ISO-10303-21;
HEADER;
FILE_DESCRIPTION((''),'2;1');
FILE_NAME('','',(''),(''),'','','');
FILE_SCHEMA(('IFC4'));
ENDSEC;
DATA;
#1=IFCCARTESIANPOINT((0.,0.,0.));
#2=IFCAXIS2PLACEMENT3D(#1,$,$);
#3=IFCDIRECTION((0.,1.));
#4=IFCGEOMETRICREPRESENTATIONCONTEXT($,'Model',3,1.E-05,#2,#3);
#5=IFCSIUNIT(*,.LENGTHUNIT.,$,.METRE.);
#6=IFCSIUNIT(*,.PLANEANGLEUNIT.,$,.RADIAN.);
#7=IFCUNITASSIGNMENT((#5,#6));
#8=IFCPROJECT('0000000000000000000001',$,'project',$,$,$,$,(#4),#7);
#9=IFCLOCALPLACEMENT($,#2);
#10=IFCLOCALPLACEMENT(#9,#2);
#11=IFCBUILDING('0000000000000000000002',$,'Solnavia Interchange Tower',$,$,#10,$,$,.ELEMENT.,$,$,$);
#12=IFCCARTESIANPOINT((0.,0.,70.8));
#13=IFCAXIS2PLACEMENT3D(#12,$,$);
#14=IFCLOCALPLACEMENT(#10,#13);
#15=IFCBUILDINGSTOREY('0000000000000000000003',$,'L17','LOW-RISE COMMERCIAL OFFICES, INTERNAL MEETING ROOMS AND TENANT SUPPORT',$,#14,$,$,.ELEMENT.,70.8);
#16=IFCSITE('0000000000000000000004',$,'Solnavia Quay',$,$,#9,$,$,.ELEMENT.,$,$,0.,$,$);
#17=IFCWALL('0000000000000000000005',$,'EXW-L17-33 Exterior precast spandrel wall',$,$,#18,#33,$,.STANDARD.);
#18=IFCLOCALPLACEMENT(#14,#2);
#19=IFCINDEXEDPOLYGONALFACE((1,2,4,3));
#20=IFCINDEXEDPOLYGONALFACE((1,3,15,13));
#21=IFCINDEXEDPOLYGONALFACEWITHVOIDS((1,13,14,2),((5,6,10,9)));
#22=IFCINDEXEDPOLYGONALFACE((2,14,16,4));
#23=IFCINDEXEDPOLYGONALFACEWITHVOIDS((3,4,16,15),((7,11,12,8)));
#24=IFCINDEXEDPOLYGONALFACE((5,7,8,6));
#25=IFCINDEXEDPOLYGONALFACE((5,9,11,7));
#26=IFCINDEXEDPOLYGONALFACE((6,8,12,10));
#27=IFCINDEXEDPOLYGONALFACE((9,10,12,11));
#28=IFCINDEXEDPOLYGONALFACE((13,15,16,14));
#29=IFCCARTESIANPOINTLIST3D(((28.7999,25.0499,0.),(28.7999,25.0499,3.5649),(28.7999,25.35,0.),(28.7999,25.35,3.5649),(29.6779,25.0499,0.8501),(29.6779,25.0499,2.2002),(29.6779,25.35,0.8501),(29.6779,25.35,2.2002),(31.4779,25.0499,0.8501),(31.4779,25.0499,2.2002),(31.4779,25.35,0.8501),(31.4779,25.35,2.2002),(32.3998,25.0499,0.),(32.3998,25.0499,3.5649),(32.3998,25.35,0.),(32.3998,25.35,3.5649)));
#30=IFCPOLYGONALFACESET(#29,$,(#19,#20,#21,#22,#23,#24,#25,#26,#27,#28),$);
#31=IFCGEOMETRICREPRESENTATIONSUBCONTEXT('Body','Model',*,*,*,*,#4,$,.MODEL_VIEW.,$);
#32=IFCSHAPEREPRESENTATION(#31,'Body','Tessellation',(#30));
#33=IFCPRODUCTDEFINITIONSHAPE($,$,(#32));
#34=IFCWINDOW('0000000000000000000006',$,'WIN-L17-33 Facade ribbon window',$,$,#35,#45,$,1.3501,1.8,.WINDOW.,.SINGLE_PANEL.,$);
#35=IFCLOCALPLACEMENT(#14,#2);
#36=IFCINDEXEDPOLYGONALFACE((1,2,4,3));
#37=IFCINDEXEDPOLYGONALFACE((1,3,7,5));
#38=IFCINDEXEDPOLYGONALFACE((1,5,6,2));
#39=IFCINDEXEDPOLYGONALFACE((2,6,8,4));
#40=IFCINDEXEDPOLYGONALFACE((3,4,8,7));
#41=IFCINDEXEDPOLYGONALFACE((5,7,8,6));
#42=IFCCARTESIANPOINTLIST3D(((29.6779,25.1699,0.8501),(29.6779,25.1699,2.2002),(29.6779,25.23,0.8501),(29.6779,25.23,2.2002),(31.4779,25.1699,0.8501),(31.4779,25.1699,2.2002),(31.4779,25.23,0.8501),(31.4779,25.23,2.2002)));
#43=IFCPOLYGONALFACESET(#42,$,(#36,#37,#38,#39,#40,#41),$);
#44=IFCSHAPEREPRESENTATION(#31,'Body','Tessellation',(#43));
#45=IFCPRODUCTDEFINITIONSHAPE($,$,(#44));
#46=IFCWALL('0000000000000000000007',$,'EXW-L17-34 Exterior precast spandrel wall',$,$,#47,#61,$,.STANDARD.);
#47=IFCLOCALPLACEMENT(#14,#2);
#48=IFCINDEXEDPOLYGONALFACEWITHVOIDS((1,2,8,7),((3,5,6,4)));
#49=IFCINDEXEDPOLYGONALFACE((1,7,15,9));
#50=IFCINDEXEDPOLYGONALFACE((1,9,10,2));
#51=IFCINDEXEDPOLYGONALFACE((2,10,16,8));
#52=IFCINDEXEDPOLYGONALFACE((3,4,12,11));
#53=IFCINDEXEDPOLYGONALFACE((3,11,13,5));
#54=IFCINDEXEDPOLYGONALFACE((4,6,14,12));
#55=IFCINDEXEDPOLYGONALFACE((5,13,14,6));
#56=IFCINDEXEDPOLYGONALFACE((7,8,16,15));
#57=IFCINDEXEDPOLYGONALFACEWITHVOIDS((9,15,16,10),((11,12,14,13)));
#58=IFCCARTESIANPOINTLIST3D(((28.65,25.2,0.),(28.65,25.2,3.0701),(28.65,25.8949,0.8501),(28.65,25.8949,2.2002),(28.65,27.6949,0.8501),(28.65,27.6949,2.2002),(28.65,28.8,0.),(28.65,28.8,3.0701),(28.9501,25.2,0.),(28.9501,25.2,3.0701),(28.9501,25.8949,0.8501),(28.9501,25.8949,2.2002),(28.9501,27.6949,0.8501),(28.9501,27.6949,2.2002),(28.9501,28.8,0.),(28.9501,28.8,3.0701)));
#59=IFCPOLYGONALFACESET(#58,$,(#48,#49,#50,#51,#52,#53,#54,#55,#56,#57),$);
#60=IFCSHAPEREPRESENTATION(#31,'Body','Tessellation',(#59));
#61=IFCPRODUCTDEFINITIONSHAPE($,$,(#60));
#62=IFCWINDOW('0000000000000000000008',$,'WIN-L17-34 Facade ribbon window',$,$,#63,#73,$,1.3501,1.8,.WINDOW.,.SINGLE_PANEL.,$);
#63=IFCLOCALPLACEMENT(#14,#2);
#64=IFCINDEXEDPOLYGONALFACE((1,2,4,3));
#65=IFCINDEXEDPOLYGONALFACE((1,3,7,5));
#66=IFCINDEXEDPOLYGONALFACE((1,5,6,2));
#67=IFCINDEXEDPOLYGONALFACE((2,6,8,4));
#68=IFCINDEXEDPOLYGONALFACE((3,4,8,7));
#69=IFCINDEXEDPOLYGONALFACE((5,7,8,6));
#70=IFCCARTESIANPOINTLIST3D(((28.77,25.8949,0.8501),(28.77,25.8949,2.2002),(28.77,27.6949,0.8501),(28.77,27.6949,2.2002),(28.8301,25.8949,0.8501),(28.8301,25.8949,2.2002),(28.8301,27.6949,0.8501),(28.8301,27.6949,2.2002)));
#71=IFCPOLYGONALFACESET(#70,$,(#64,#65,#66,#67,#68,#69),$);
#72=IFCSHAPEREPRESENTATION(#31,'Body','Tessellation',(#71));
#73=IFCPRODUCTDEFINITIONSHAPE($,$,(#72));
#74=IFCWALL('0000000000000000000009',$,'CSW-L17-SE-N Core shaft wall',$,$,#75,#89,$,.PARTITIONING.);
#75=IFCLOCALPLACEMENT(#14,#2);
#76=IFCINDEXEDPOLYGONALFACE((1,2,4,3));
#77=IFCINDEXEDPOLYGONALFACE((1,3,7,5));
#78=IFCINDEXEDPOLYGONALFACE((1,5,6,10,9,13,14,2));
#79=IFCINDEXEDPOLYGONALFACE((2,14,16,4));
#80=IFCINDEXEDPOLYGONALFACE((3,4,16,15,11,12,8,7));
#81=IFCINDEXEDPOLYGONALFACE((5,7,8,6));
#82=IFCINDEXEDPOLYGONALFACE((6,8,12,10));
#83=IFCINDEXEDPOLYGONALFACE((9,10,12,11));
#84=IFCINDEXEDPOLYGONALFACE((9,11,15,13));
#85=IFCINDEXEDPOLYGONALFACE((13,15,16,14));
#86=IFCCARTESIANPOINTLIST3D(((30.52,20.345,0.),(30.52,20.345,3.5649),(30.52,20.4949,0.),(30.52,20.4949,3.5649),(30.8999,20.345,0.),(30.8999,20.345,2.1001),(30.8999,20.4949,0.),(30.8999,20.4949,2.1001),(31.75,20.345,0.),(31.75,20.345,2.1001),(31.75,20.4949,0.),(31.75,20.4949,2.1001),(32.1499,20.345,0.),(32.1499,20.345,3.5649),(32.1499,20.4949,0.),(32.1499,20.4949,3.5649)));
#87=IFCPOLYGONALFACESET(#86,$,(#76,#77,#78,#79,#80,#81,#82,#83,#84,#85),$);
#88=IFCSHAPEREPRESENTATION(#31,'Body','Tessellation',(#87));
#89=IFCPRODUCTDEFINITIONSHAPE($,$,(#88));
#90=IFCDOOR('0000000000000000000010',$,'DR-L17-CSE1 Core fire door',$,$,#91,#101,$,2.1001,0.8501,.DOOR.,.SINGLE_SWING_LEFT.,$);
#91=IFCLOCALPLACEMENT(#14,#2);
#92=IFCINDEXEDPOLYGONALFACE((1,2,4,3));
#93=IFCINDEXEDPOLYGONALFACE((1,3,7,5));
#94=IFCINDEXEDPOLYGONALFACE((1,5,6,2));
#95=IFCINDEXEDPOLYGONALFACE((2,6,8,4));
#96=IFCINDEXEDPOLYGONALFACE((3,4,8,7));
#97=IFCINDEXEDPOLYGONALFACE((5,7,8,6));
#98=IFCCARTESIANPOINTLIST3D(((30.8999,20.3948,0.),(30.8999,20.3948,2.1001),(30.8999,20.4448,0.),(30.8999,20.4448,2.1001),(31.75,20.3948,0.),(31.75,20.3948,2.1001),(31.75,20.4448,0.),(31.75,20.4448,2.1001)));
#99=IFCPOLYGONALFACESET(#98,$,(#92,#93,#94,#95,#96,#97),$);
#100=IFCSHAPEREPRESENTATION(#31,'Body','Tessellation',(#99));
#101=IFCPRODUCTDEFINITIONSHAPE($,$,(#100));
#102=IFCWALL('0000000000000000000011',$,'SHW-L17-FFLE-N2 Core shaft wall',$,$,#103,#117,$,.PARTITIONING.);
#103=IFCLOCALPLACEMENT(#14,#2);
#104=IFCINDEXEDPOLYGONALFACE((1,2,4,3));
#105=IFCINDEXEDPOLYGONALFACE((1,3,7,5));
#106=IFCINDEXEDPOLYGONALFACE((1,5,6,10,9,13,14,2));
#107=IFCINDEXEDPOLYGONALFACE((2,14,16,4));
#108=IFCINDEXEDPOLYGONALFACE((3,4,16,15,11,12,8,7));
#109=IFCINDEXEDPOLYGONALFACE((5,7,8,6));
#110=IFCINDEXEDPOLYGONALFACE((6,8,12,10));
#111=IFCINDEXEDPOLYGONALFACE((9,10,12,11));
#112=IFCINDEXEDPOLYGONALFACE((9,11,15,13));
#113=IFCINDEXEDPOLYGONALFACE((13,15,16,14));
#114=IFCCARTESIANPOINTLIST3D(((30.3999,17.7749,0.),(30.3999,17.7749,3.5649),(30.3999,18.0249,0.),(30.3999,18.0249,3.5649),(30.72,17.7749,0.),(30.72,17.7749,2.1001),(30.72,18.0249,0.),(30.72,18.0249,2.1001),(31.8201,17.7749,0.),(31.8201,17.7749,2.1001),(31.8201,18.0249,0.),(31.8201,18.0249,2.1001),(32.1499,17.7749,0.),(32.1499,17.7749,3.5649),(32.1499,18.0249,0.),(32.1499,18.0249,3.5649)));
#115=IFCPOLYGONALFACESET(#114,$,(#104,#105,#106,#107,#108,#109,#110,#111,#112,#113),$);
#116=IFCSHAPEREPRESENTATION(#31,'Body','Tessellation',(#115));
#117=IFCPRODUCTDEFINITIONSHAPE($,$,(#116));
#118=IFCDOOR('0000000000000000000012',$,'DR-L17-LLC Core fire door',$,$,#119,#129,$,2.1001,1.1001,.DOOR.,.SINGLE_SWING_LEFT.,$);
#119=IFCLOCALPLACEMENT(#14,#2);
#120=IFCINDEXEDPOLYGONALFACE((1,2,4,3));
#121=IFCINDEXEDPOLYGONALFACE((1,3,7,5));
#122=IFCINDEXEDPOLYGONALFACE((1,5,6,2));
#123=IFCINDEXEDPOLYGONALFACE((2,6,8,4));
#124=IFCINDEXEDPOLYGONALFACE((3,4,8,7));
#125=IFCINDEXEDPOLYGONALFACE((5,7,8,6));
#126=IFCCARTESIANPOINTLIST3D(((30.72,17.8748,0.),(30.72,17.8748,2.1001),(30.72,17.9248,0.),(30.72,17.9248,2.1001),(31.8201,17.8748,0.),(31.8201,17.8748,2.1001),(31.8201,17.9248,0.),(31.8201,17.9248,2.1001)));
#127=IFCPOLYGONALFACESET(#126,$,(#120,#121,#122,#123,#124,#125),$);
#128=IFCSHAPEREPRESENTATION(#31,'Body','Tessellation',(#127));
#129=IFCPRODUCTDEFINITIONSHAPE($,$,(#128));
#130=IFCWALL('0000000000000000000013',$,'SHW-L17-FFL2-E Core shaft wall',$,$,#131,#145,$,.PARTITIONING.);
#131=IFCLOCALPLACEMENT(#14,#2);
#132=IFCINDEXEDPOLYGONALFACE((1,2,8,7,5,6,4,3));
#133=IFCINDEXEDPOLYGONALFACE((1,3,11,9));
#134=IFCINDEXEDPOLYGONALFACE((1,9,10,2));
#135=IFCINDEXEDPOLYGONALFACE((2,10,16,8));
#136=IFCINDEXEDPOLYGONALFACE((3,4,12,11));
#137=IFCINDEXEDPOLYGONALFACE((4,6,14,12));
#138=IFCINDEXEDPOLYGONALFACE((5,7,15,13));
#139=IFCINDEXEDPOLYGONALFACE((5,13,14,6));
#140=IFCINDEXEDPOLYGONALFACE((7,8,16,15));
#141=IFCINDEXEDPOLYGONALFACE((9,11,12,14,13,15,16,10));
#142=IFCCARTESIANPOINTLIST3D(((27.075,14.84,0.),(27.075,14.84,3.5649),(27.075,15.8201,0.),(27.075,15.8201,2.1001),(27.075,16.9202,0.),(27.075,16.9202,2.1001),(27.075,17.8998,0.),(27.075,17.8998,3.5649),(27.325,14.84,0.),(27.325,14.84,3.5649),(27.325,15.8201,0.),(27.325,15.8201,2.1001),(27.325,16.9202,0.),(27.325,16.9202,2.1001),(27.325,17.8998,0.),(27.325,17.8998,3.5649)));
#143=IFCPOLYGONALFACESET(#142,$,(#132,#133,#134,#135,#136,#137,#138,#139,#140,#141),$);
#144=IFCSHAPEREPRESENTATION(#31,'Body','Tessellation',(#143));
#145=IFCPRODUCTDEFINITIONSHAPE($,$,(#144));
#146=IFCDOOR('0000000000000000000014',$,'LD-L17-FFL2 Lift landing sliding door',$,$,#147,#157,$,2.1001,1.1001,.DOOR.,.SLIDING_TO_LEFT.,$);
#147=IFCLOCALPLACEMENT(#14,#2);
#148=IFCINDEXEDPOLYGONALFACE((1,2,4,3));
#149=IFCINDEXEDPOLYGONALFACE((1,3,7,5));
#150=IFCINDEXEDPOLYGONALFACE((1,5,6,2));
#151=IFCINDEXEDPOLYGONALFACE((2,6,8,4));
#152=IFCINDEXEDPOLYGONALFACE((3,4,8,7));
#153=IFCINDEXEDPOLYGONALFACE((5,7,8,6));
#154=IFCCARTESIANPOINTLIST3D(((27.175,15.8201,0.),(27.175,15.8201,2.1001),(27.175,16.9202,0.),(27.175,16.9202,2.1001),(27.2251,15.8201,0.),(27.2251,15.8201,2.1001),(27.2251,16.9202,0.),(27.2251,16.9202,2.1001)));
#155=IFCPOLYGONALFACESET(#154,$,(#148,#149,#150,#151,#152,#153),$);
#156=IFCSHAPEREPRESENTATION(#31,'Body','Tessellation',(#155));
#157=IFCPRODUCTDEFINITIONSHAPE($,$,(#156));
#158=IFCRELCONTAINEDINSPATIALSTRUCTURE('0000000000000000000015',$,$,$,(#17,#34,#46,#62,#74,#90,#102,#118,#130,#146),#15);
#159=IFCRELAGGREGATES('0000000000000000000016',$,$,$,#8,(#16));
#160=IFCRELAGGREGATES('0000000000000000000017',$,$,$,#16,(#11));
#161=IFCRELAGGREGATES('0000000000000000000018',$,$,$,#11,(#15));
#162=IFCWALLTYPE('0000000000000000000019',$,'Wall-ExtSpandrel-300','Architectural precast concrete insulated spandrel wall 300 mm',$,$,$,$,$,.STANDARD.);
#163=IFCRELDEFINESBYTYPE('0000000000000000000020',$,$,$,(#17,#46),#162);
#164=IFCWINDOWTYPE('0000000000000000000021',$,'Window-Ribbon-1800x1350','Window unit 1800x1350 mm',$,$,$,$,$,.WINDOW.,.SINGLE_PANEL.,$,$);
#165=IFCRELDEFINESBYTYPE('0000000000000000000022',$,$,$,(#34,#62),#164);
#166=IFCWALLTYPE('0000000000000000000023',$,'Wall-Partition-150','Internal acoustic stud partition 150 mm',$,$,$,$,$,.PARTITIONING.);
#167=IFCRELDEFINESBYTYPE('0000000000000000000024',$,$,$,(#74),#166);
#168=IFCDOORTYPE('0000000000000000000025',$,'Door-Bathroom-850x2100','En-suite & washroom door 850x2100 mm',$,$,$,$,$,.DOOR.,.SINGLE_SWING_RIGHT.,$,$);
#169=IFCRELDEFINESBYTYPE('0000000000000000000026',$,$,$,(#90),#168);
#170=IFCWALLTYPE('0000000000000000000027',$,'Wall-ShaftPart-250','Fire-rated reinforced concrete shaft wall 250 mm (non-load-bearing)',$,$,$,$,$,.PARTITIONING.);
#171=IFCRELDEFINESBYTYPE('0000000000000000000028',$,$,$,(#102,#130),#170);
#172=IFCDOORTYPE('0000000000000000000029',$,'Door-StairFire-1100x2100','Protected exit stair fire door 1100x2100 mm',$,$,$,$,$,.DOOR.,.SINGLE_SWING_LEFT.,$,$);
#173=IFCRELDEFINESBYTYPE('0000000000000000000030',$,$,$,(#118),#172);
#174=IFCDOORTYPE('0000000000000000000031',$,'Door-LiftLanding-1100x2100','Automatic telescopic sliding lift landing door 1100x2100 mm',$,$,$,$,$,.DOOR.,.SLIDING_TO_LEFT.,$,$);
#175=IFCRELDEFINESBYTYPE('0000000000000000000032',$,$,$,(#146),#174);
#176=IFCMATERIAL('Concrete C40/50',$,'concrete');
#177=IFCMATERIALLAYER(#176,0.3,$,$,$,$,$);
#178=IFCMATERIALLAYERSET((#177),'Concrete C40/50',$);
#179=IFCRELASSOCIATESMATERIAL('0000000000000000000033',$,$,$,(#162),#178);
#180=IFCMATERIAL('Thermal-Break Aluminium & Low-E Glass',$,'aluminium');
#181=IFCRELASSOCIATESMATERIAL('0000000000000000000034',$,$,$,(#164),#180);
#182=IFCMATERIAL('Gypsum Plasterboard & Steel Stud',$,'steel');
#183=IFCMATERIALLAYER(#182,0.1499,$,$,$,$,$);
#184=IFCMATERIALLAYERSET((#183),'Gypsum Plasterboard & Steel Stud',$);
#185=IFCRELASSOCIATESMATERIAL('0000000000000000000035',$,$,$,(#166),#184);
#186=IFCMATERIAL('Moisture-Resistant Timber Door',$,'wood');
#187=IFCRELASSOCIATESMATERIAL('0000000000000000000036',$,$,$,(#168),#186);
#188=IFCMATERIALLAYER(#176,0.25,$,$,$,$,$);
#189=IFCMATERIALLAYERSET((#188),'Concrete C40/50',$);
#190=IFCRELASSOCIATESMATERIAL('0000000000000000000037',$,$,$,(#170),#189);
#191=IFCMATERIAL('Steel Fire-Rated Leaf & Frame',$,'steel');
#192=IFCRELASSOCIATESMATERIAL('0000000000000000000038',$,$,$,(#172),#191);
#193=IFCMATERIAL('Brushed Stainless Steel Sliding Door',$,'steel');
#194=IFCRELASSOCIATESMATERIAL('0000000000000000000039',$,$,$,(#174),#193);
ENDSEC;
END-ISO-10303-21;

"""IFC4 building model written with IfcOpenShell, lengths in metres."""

from ifc_helpers import new_model, si_unit, direction, frame, frame_2d, origin, place, context, subcontext, project, spatial, rectangle, extrude, material, layer, layer_set, type_object, element, fill, save


model = new_model("IFC4")

# Units and contexts
model_context = context("Model", 3, precision=1e-05, world=origin(), true_north=direction((0.0, 1.0)))
body_context = subcontext(model_context, "Body", "Model", "MODEL_VIEW")
ifc_project = project(units=[si_unit("LENGTHUNIT", "METRE"), si_unit("PLANEANGLEUNIT", "RADIAN")], contexts=[model_context])

# Site, building, storey
site_placement = place(None, origin())
site = spatial("IfcSite", under=ifc_project, at=site_placement, Name="Solnavia Quay", CompositionType="ELEMENT", RefElevation=0.0)
building_placement = place(site_placement, origin())
building = spatial("IfcBuilding", under=site, at=building_placement, Name="Solnavia Interchange Tower", CompositionType="ELEMENT")
storey_placement = place(building_placement, frame((0.0, 0.0, 70.8)))
storey = spatial("IfcBuildingStorey", under=building, at=storey_placement, Name="L17", Description="LOW-RISE COMMERCIAL OFFICES, INTERNAL MEETING ROOMS AND TENANT SUPPORT", CompositionType="ELEMENT", Elevation=70.8)

# Shared definitions
ifc_material_1 = material(Name="Concrete C40/50", Category="concrete")
ifc_layer_1 = layer(ifc_material_1, 0.3)
ifc_layer_set_1 = layer_set([ifc_layer_1], Name="Concrete C40/50")
wall_type_1 = type_object("IfcWallType", Name="Wall-ExtSpandrel-300", Description="Architectural precast concrete insulated spandrel wall 300 mm", PredefinedType="STANDARD", material=ifc_layer_set_1)
ifc_material_2 = material(Name="Thermal-Break Aluminium & Low-E Glass", Category="aluminium")
window_type = type_object("IfcWindowType", Name="Window-Ribbon-1800x1350", Description="Window unit 1800x1350 mm", PartitioningType="SINGLE_PANEL", PredefinedType="WINDOW", material=ifc_material_2)

# Walls, openings, windows
wall_1_placement = place(storey_placement, frame((28.8, 25.2, 0.0), z_axis=(0.0, 0.0, 1.0), x_axis=(1.0, 0.0, 0.0)))
wall_1 = element("IfcWall", 1, at=wall_1_placement, inside=storey, type_object=wall_type_1, Name="EXW-L17-33 Exterior precast spandrel wall", PredefinedType="STANDARD", context=body_context, shape_type="SweptSolid", body=[
    extrude(rectangle(XDim=3.5999, YDim=0.3, at=frame_2d((1.7998, 0.0))), origin(), (0.0, 0.0, 1.0), 3.5649),
])
opening_1_placement = place(wall_1_placement, frame((0.8779, 0.0, 0.8501)))
opening_1 = element("IfcOpeningElement", 2, at=opening_1_placement, cuts=wall_1, PredefinedType="OPENING", context=body_context, shape_type="SweptSolid", body=[
    extrude(rectangle(XDim=1.8, YDim=1.3501, at=frame_2d((0.8999, 0.675))), frame((0.0, 0.1602, 0.0), z_axis=(0.0, -1.0, 0.0), x_axis=(1.0, 0.0, 0.0)), (0.0, 0.0, 1.0), 0.3201),
])
window_1_placement = place(opening_1_placement, origin())
window_1 = element("IfcWindow", 3, at=window_1_placement, inside=storey, type_object=window_type, Name="WIN-L17-33 Facade ribbon window", OverallHeight=1.3501, OverallWidth=1.8, PartitioningType="SINGLE_PANEL", PredefinedType="WINDOW", context=body_context, shape_type="SweptSolid", body=[
    extrude(rectangle(XDim=1.8, YDim=1.3501, at=frame_2d((0.8999, 0.675))), frame((0.0, 0.03, 0.0), z_axis=(0.0, -1.0, 0.0), x_axis=(1.0, 0.0, 0.0)), (0.0, 0.0, 1.0), 0.0601),
])
fill(opening_1, window_1)
wall_2_placement = place(storey_placement, frame((28.8, 25.2, 0.0), z_axis=(0.0, 0.0, 1.0), x_axis=(0.0, 1.0, 0.0)))
wall_2 = element("IfcWall", 4, at=wall_2_placement, inside=storey, type_object=wall_type_1, Name="EXW-L17-34 Exterior precast spandrel wall", PredefinedType="STANDARD", context=body_context, shape_type="SweptSolid", body=[
    extrude(rectangle(XDim=3.6001, YDim=0.3, at=frame_2d((1.8, 0.0))), origin(), (0.0, 0.0, 1.0), 3.0701),
])
opening_2_placement = place(wall_2_placement, frame((0.6951, 0.0, 0.8501)))
opening_2 = element("IfcOpeningElement", 5, at=opening_2_placement, cuts=wall_2, PredefinedType="OPENING", context=body_context, shape_type="SweptSolid", body=[
    extrude(rectangle(XDim=1.8, YDim=1.3501, at=frame_2d((0.8999, 0.675))), frame((0.0, 0.1602, 0.0), z_axis=(0.0, -1.0, 0.0), x_axis=(1.0, 0.0, 0.0)), (0.0, 0.0, 1.0), 0.3201),
])
window_2_placement = place(opening_2_placement, origin())
window_2 = element("IfcWindow", 6, at=window_2_placement, inside=storey, type_object=window_type, Name="WIN-L17-34 Facade ribbon window", OverallHeight=1.3501, OverallWidth=1.8, PartitioningType="SINGLE_PANEL", PredefinedType="WINDOW", context=body_context, shape_type="SweptSolid", body=[
    extrude(rectangle(XDim=1.8, YDim=1.3501, at=frame_2d((0.8999, 0.675))), frame((0.0, 0.03, 0.0), z_axis=(0.0, -1.0, 0.0), x_axis=(1.0, 0.0, 0.0)), (0.0, 0.0, 1.0), 0.0601),
])
fill(opening_2, window_2)

# Walls, openings, doors
ifc_material_3 = material(Name="Gypsum Plasterboard & Steel Stud", Category="steel")
ifc_layer_2 = layer(ifc_material_3, 0.1499)
ifc_layer_set_2 = layer_set([ifc_layer_2], Name="Gypsum Plasterboard & Steel Stud")
wall_type_2 = type_object("IfcWallType", Name="Wall-Partition-150", Description="Internal acoustic stud partition 150 mm", PredefinedType="PARTITIONING", material=ifc_layer_set_2)
wall_3_placement = place(storey_placement, frame((30.52, 20.4199, 0.0), z_axis=(0.0, 0.0, 1.0), x_axis=(1.0, 0.0, 0.0)))
wall_3 = element("IfcWall", 7, at=wall_3_placement, inside=storey, type_object=wall_type_2, Name="CSW-L17-SE-N Core shaft wall", PredefinedType="PARTITIONING", context=body_context, shape_type="SweptSolid", body=[
    extrude(rectangle(XDim=1.6299, YDim=0.1499, at=frame_2d((0.8149, 0.0))), origin(), (0.0, 0.0, 1.0), 3.5649),
])
opening_3_placement = place(wall_3_placement, frame((0.3799, 0.0, 0.0)))
opening_3 = element("IfcOpeningElement", 8, at=opening_3_placement, cuts=wall_3, PredefinedType="OPENING", context=body_context, shape_type="SweptSolid", body=[
    extrude(rectangle(XDim=0.8501, YDim=2.1001, at=frame_2d((0.425, 1.05))), frame((0.0, 0.085, 0.0), z_axis=(0.0, -1.0, 0.0), x_axis=(1.0, 0.0, 0.0)), (0.0, 0.0, 1.0), 0.1699),
])
ifc_material_4 = material(Name="Moisture-Resistant Timber Door", Category="wood")
door_type_1 = type_object("IfcDoorType", Name="Door-Bathroom-850x2100", Description="En-suite & washroom door 850x2100 mm", OperationType="SINGLE_SWING_RIGHT", PredefinedType="DOOR", material=ifc_material_4)
door_1_placement = place(opening_3_placement, origin())
door_1 = element("IfcDoor", 9, at=door_1_placement, inside=storey, type_object=door_type_1, Name="DR-L17-CSE1 Core fire door", OperationType="SINGLE_SWING_LEFT", OverallHeight=2.1001, OverallWidth=0.8501, PredefinedType="DOOR", context=body_context, shape_type="SweptSolid", body=[
    extrude(rectangle(XDim=0.8501, YDim=2.1001, at=frame_2d((0.425, 1.05))), frame((0.0, 0.0249, 0.0), z_axis=(0.0, -1.0, 0.0), x_axis=(1.0, 0.0, 0.0)), (0.0, 0.0, 1.0), 0.05),
])
fill(opening_3, door_1)
ifc_layer_3 = layer(ifc_material_1, 0.25)
ifc_layer_set_3 = layer_set([ifc_layer_3], Name="Concrete C40/50")
wall_type_3 = type_object("IfcWallType", Name="Wall-ShaftPart-250", Description="Fire-rated reinforced concrete shaft wall 250 mm (non-load-bearing)", PredefinedType="PARTITIONING", material=ifc_layer_set_3)
wall_4_placement = place(storey_placement, frame((30.3999, 17.8999, 0.0), z_axis=(0.0, 0.0, 1.0), x_axis=(1.0, 0.0, 0.0)))
wall_4 = element("IfcWall", 10, at=wall_4_placement, inside=storey, type_object=wall_type_3, Name="SHW-L17-FFLE-N2 Core shaft wall", PredefinedType="PARTITIONING", context=body_context, shape_type="SweptSolid", body=[
    extrude(rectangle(XDim=1.75, YDim=0.25, at=frame_2d((0.875, 0.0))), origin(), (0.0, 0.0, 1.0), 3.5649),
])
opening_4_placement = place(wall_4_placement, frame((0.3201, 0.0, 0.0)))
opening_4 = element("IfcOpeningElement", 11, at=opening_4_placement, cuts=wall_4, PredefinedType="OPENING", context=body_context, shape_type="SweptSolid", body=[
    extrude(rectangle(XDim=1.1001, YDim=2.1001, at=frame_2d((0.55, 1.05))), frame((0.0, 0.135, 0.0), z_axis=(0.0, -1.0, 0.0), x_axis=(1.0, 0.0, 0.0)), (0.0, 0.0, 1.0), 0.27),
])
ifc_material_5 = material(Name="Steel Fire-Rated Leaf & Frame", Category="steel")
door_type_2 = type_object("IfcDoorType", Name="Door-StairFire-1100x2100", Description="Protected exit stair fire door 1100x2100 mm", OperationType="SINGLE_SWING_LEFT", PredefinedType="DOOR", material=ifc_material_5)
door_2_placement = place(opening_4_placement, origin())
door_2 = element("IfcDoor", 12, at=door_2_placement, inside=storey, type_object=door_type_2, Name="DR-L17-LLC Core fire door", OperationType="SINGLE_SWING_LEFT", OverallHeight=2.1001, OverallWidth=1.1001, PredefinedType="DOOR", context=body_context, shape_type="SweptSolid", body=[
    extrude(rectangle(XDim=1.1001, YDim=2.1001, at=frame_2d((0.55, 1.05))), frame((0.0, 0.0249, 0.0), z_axis=(0.0, -1.0, 0.0), x_axis=(1.0, 0.0, 0.0)), (0.0, 0.0, 1.0), 0.05),
])
fill(opening_4, door_2)
wall_5_placement = place(storey_placement, frame((27.2, 14.8401, 0.0), z_axis=(0.0, 0.0, 1.0), x_axis=(0.0, 1.0, 0.0)))
wall_5 = element("IfcWall", 13, at=wall_5_placement, inside=storey, type_object=wall_type_3, Name="SHW-L17-FFL2-E Core shaft wall", PredefinedType="PARTITIONING", context=body_context, shape_type="SweptSolid", body=[
    extrude(rectangle(XDim=3.0598, YDim=0.25, at=frame_2d((1.5298, 0.0))), origin(), (0.0, 0.0, 1.0), 3.5649),
])
opening_5_placement = place(wall_5_placement, frame((0.98, 0.0, 0.0)))
opening_5 = element("IfcOpeningElement", 14, at=opening_5_placement, cuts=wall_5, PredefinedType="OPENING", context=body_context, shape_type="SweptSolid", body=[
    extrude(rectangle(XDim=1.1001, YDim=2.1001, at=frame_2d((0.55, 1.05))), frame((0.0, 0.135, 0.0), z_axis=(0.0, -1.0, 0.0), x_axis=(1.0, 0.0, 0.0)), (0.0, 0.0, 1.0), 0.27),
])
ifc_material_6 = material(Name="Brushed Stainless Steel Sliding Door", Category="steel")
door_type_3 = type_object("IfcDoorType", Name="Door-LiftLanding-1100x2100", Description="Automatic telescopic sliding lift landing door 1100x2100 mm", OperationType="SLIDING_TO_LEFT", PredefinedType="DOOR", material=ifc_material_6)
door_3_placement = place(opening_5_placement, origin())
door_3 = element("IfcDoor", 15, at=door_3_placement, inside=storey, type_object=door_type_3, Name="LD-L17-FFL2 Lift landing sliding door", OperationType="SLIDING_TO_LEFT", OverallHeight=2.1001, OverallWidth=1.1001, PredefinedType="DOOR", context=body_context, shape_type="SweptSolid", body=[
    extrude(rectangle(XDim=1.1001, YDim=2.1001, at=frame_2d((0.55, 1.05))), frame((0.0, 0.0249, 0.0), z_axis=(0.0, -1.0, 0.0), x_axis=(1.0, 0.0, 0.0)), (0.0, 0.0, 1.0), 0.05),
])
fill(opening_5, door_3)

save(model, "model.ifc")
